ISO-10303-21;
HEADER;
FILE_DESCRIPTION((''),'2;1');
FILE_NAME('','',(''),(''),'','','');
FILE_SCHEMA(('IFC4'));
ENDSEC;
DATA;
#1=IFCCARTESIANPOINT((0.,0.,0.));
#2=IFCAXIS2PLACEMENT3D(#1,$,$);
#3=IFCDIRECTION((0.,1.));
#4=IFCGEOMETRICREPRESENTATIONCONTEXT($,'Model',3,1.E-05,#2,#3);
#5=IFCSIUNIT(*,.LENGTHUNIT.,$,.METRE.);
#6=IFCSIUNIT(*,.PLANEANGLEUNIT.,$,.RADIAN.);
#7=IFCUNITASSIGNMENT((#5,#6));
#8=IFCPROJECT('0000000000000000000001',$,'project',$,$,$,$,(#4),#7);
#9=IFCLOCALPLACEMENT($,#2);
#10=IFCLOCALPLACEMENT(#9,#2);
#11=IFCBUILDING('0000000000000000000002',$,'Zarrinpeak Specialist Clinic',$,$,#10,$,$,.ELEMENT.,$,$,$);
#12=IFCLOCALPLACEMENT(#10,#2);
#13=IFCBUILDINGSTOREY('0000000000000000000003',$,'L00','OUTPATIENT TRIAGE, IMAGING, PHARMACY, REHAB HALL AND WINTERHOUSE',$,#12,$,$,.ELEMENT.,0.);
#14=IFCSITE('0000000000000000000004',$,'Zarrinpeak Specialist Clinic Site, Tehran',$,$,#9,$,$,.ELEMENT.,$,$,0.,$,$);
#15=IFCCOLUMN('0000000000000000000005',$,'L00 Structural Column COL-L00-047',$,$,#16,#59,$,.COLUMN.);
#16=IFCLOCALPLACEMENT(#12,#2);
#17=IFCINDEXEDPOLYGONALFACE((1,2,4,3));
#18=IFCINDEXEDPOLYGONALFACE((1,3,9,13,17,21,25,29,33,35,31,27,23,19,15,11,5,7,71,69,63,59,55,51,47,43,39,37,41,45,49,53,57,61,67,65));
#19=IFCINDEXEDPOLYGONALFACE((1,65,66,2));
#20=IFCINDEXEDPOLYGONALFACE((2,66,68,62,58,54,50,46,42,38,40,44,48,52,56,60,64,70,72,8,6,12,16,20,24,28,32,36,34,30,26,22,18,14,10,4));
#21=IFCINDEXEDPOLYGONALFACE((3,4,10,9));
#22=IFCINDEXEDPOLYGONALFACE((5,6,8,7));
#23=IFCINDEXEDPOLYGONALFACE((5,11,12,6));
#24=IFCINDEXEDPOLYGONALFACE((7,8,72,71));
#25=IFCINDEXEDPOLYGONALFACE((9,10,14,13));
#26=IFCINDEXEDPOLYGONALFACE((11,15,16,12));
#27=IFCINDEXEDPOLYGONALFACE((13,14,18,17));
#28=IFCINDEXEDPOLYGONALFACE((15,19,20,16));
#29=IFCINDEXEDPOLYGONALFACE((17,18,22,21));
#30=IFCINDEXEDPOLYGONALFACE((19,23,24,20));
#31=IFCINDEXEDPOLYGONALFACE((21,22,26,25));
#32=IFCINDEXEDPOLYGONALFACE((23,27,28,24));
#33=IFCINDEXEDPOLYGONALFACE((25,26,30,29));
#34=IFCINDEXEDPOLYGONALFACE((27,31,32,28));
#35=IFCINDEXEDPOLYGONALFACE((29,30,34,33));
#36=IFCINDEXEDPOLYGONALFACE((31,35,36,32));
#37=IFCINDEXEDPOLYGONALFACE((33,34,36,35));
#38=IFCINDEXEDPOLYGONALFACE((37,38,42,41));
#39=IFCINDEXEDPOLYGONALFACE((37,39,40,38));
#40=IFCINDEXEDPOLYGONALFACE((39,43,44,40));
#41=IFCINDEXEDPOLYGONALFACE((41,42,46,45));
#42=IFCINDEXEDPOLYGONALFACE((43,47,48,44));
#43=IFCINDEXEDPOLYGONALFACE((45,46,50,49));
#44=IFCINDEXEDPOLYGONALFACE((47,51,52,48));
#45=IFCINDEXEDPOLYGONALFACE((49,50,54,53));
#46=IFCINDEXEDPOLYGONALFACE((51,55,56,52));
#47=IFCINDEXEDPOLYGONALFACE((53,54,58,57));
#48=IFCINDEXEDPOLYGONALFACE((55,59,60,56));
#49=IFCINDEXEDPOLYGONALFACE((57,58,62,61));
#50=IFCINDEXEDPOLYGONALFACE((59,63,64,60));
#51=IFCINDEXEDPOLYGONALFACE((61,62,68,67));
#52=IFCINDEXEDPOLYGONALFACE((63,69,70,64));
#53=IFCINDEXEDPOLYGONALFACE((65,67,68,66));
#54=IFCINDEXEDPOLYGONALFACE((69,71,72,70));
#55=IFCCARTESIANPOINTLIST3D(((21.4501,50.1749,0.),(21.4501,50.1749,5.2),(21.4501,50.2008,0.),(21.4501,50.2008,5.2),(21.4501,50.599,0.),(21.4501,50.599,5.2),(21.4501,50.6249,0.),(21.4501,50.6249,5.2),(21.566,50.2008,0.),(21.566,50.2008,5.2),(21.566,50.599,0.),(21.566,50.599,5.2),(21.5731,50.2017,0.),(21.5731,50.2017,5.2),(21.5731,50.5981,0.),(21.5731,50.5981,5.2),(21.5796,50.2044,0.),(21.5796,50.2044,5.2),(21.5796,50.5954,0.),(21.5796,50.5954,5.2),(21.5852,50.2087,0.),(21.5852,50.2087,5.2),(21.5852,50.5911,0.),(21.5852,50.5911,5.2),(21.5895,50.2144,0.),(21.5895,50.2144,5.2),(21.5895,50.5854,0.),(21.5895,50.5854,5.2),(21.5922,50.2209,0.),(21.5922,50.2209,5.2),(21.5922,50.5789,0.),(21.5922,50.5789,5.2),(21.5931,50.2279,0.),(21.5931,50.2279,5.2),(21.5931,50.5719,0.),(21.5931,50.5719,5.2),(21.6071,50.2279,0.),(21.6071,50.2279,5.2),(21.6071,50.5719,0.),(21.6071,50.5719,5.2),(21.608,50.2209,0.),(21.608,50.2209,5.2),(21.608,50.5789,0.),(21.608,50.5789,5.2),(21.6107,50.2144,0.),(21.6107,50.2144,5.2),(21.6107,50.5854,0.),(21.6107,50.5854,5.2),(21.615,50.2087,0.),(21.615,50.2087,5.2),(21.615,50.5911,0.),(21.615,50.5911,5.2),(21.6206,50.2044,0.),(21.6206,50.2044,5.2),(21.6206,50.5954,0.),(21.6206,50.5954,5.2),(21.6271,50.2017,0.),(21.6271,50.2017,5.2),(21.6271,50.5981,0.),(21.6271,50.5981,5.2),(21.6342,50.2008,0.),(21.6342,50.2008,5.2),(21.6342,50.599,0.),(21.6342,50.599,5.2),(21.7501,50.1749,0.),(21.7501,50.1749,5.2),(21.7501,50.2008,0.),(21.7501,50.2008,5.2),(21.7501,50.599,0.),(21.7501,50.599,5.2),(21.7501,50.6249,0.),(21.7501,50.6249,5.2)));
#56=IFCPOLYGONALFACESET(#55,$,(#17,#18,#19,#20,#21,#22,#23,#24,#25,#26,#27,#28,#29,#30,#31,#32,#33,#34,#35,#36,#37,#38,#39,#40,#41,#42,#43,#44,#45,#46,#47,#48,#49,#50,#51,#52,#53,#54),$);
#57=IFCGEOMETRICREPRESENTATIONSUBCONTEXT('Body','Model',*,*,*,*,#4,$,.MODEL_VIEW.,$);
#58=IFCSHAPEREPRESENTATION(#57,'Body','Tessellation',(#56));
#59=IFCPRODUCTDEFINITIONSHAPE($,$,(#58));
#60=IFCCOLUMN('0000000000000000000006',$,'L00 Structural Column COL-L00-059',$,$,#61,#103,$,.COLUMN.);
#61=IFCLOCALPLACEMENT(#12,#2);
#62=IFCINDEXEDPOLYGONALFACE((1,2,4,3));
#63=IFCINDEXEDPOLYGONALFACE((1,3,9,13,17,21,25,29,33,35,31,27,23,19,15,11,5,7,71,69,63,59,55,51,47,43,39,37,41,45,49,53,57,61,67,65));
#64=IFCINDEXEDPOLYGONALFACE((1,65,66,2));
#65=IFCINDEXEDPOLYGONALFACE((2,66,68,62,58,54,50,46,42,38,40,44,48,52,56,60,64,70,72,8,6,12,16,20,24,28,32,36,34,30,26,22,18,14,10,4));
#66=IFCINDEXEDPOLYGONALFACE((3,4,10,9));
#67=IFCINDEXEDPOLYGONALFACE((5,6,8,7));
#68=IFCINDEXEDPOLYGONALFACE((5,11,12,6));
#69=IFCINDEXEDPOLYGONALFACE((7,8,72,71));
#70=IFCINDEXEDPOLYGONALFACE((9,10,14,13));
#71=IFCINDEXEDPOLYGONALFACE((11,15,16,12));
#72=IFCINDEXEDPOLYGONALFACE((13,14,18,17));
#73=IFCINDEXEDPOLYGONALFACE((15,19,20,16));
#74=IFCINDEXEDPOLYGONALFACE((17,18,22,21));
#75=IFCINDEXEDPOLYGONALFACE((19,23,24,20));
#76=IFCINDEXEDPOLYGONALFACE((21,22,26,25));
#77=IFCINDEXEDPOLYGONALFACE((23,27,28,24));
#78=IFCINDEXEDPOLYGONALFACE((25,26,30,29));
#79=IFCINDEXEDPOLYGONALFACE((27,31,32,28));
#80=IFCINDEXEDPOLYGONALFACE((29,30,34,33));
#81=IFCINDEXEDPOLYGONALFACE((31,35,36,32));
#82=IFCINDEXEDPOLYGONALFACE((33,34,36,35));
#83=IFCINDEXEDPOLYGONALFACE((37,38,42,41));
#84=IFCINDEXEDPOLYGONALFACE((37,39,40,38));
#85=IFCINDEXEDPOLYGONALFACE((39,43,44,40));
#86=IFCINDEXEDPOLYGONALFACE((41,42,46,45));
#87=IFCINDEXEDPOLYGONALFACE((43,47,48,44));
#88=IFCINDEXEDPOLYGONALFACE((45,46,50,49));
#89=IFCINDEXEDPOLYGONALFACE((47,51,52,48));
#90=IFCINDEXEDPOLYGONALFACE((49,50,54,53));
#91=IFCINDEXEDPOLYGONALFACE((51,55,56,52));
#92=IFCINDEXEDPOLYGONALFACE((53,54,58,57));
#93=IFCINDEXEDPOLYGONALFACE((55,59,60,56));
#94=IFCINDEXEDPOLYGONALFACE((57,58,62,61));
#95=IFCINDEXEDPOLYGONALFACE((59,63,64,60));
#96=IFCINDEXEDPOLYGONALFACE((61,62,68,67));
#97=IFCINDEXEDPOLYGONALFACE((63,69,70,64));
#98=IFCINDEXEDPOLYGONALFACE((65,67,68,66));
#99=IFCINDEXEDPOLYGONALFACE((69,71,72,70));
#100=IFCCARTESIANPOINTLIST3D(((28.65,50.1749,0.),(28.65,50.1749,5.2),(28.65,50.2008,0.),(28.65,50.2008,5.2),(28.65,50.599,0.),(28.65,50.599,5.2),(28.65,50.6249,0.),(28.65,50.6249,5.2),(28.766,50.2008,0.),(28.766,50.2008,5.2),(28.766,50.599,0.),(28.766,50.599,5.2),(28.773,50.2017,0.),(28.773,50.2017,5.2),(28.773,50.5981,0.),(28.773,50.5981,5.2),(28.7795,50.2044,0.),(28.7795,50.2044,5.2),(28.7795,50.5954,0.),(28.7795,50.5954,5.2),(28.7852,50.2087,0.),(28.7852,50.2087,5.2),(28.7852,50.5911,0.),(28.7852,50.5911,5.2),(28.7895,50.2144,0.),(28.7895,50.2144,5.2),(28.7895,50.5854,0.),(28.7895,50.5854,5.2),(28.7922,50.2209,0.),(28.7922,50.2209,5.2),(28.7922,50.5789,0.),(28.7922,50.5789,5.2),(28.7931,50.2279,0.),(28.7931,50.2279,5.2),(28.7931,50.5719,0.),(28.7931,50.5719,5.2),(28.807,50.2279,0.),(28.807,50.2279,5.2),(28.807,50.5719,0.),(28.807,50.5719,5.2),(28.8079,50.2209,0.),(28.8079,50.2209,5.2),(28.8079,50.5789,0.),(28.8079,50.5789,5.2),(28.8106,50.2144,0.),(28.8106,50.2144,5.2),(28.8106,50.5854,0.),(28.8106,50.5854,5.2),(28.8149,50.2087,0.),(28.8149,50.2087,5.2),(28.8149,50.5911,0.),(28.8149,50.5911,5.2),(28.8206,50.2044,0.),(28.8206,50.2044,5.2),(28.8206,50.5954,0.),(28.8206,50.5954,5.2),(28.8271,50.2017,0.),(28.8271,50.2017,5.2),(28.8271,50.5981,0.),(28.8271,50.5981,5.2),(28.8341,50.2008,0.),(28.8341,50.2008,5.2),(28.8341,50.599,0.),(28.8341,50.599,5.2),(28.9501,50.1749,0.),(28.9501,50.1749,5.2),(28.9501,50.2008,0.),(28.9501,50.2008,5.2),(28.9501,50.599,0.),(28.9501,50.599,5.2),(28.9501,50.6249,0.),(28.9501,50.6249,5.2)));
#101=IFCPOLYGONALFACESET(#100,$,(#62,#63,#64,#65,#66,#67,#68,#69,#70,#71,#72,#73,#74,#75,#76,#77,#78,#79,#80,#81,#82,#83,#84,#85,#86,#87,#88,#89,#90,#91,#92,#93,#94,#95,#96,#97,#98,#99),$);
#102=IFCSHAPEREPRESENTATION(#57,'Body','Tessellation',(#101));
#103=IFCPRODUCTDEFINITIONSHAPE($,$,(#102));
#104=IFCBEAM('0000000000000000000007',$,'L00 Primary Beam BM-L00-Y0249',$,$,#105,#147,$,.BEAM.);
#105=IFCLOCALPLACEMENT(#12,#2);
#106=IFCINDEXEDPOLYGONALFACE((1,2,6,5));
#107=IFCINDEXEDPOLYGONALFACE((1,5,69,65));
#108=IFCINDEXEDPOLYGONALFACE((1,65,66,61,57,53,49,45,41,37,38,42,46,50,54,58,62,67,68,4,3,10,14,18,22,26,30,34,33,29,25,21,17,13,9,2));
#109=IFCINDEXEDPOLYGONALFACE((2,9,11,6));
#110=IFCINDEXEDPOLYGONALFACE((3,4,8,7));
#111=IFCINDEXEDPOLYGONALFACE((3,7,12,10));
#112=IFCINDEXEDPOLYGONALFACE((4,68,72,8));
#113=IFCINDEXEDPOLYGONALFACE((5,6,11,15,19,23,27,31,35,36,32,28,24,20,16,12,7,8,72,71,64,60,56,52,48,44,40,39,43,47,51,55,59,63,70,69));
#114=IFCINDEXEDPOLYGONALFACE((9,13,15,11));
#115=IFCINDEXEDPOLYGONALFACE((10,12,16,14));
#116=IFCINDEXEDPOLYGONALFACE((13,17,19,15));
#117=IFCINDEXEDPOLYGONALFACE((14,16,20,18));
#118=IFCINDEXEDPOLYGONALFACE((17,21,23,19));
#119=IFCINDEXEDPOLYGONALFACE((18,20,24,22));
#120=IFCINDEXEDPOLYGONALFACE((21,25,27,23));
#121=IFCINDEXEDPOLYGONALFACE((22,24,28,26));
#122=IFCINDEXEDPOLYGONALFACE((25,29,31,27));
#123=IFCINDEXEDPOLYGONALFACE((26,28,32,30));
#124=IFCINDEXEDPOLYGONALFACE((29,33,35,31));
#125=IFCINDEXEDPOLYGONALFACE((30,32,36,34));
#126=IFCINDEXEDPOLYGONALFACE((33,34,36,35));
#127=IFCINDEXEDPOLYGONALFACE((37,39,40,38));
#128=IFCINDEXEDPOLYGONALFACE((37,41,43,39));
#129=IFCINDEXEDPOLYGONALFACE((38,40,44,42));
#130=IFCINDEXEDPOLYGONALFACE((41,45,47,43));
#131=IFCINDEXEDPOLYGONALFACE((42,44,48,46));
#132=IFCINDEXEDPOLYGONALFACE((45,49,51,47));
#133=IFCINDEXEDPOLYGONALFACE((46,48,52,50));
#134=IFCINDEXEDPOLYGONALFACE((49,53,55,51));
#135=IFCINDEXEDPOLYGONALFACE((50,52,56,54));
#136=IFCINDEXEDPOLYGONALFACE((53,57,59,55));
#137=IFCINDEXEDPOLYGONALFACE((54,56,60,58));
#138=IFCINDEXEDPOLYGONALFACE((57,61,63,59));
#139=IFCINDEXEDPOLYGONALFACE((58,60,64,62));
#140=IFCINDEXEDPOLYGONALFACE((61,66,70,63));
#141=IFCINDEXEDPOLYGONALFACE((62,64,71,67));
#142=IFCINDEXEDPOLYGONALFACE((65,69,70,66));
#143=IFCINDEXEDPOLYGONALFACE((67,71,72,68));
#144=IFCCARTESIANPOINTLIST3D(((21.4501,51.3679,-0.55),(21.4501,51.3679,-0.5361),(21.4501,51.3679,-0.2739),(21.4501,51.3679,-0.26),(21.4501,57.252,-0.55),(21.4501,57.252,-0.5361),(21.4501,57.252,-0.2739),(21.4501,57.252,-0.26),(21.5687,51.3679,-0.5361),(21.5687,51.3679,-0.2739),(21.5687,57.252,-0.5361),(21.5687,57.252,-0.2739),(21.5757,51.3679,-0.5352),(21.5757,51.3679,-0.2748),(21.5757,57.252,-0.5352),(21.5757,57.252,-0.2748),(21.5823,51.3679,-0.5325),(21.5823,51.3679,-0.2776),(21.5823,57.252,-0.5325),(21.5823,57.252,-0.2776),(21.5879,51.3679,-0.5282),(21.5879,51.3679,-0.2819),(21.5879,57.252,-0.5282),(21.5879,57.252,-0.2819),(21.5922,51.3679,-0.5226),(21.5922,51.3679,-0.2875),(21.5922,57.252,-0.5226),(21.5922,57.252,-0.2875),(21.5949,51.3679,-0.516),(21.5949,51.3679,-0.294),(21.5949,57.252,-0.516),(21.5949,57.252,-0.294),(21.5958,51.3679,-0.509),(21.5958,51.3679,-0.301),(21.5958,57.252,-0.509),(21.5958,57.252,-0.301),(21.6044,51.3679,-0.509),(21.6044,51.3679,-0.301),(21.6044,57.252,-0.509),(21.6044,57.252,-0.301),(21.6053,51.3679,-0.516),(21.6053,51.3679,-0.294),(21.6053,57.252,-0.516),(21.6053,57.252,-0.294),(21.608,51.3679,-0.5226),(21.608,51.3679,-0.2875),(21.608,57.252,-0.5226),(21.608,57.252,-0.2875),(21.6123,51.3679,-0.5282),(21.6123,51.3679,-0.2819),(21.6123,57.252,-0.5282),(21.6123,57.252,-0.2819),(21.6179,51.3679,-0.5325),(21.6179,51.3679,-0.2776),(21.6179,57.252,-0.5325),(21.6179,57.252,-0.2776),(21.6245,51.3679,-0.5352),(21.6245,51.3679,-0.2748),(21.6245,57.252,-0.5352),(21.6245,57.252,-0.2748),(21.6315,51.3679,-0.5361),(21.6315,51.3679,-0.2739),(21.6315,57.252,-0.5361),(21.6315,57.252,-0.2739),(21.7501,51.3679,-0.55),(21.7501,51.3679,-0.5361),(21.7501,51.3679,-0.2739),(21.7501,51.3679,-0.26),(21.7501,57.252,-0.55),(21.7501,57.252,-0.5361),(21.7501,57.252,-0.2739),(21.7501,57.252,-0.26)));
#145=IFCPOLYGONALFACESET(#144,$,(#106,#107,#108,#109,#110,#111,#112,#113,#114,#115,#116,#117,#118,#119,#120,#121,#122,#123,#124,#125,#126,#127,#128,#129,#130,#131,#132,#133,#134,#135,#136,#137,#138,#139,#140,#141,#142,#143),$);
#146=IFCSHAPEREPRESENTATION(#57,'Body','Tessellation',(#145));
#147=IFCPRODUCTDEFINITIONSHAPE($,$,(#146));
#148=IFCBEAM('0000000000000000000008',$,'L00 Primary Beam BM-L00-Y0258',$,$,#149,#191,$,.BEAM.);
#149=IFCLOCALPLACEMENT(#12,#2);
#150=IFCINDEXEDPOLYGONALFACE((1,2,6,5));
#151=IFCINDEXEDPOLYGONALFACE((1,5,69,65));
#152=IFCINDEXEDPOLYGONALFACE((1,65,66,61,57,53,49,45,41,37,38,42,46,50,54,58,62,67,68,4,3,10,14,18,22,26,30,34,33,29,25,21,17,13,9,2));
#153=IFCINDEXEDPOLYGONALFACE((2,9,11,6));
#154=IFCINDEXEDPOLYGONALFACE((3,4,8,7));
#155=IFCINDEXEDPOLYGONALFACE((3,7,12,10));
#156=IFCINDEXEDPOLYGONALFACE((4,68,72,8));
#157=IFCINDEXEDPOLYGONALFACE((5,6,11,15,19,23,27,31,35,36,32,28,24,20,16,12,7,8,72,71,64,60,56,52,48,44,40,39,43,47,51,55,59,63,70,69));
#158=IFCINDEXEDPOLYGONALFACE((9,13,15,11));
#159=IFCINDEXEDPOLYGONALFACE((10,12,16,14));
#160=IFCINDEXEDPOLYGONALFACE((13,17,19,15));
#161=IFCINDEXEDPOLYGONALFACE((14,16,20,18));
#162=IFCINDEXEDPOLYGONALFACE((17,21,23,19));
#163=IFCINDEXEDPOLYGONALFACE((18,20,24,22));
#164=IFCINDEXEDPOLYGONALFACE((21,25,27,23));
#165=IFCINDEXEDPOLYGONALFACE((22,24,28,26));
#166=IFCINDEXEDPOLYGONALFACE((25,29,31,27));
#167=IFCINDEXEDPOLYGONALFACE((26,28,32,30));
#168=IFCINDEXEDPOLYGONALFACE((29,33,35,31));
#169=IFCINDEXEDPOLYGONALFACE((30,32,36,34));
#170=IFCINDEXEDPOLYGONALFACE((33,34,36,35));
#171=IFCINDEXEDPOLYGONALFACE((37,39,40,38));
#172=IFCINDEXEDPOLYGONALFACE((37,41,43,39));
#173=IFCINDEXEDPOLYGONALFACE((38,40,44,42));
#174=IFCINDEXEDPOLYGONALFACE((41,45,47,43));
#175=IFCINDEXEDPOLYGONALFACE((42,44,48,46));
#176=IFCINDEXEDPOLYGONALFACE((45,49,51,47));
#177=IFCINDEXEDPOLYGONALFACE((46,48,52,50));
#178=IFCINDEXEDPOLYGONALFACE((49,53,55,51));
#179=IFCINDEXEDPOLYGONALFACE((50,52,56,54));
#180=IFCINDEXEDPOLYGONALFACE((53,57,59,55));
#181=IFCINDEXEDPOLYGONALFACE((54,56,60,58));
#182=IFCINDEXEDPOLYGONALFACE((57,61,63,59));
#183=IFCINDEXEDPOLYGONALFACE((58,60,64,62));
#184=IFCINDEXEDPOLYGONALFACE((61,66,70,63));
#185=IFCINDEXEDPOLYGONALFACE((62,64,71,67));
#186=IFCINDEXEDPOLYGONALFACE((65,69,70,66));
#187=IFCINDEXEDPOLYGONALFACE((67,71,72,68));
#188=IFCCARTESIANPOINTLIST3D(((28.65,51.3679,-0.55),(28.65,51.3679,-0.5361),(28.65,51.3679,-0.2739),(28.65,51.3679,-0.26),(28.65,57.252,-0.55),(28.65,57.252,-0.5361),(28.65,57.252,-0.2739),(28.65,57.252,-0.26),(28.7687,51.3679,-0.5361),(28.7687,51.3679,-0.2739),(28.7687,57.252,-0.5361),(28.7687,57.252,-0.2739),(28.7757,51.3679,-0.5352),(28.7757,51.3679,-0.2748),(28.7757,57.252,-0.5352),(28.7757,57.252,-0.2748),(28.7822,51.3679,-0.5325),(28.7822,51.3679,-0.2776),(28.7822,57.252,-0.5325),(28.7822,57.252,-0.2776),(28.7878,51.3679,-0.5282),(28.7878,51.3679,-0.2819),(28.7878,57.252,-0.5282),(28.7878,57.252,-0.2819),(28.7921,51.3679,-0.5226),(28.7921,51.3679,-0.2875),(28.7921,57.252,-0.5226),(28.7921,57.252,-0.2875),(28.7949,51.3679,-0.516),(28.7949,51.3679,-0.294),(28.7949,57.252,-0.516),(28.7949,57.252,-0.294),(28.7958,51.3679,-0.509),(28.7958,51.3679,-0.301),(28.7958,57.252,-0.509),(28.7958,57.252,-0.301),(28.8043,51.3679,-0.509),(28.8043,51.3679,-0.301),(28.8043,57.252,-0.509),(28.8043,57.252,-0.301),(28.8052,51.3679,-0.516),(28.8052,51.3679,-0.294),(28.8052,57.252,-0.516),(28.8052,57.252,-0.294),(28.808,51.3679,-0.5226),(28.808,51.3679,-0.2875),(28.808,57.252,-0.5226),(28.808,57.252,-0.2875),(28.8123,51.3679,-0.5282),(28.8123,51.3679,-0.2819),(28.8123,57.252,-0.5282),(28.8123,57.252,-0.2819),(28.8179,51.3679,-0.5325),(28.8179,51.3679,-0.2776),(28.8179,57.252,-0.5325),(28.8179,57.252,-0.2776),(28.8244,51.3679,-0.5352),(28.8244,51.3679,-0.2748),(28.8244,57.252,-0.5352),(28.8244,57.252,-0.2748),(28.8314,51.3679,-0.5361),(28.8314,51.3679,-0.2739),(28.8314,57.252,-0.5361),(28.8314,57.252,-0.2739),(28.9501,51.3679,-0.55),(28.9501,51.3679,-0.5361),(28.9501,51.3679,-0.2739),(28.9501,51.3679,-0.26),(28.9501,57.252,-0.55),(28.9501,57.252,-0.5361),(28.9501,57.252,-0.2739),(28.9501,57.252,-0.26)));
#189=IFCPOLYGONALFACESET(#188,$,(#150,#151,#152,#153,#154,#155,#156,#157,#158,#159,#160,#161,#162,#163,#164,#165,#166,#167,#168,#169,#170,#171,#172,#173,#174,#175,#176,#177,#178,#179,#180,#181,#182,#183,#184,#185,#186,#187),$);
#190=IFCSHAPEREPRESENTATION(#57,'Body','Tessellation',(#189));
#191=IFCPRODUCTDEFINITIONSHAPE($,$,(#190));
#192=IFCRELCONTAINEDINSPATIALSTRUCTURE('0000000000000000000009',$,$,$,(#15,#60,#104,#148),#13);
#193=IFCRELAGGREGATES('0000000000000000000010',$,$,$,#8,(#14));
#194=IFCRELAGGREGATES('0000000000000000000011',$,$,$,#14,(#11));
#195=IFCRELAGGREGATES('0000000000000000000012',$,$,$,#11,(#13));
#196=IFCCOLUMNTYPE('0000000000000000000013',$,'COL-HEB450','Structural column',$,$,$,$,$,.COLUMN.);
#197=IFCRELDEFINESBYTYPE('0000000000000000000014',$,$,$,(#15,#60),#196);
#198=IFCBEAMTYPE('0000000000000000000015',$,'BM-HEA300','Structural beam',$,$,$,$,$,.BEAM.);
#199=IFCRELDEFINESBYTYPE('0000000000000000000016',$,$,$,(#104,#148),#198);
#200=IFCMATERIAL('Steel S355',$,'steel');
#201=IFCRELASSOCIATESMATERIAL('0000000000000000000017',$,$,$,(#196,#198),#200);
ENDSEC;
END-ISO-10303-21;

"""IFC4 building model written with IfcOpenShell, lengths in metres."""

from ifc_helpers import new_model, si_unit, direction, frame, origin, origin_2d, place, context, subcontext, project, spatial, i_section, extrude, material, material_profile, profile_set, type_object, element, save


model = new_model("IFC4")

# Units and contexts
model_context = context("Model", 3, precision=1e-05, world=origin(), true_north=direction((0.0, 1.0)))
body_context = subcontext(model_context, "Body", "Model", "MODEL_VIEW")
ifc_project = project(units=[si_unit("LENGTHUNIT", "METRE"), si_unit("PLANEANGLEUNIT", "RADIAN")], contexts=[model_context])

# Site, building, storey
site_placement = place(None, origin())
site = spatial("IfcSite", under=ifc_project, at=site_placement, Name="Zarrinpeak Specialist Clinic Site, Tehran", CompositionType="ELEMENT", RefElevation=0.0)
building_placement = place(site_placement, origin())
building = spatial("IfcBuilding", under=site, at=building_placement, Name="Zarrinpeak Specialist Clinic", CompositionType="ELEMENT")
storey_placement = place(building_placement, origin())
storey = spatial("IfcBuildingStorey", under=building, at=storey_placement, Name="L00", Description="OUTPATIENT TRIAGE, IMAGING, PHARMACY, REHAB HALL AND WINTERHOUSE", CompositionType="ELEMENT", Elevation=0.0)

# Columns
ifc_material_1 = material(Name="Steel S355", Category="steel")
ifc_material_profile_1 = material_profile(ifc_material_1, i_section(OverallWidth=0.3, OverallDepth=0.45, WebThickness=0.0139, FlangeThickness=0.0259, FilletRadius=0.0271, at=origin_2d()), Name="HEB 450")
ifc_profile_set_1 = profile_set([ifc_material_profile_1], Name="Steel S355")
column_type_1 = type_object("IfcColumnType", Name="COL-HEB450", Description="Structural column", PredefinedType="COLUMN", material=ifc_profile_set_1)
for number, where, z_axis, x_axis, name in (
    (1, (21.6001, 50.3999, 0.0), (0.0, 0.0, 1.0), (1.0, 0.0, 0.0), "L00 Structural Column COL-L00-047"),
    (2, (28.8, 50.3999, 0.0), (0.0, 0.0, 1.0), (1.0, 0.0, 0.0), "L00 Structural Column COL-L00-059"),
):
    element("IfcColumn", number, at=place(storey_placement, frame(where, z_axis=z_axis, x_axis=x_axis)), inside=storey, type_object=column_type_1, Name=name, PredefinedType="COLUMN", context=body_context, shape_type="SweptSolid", body=[
        extrude(i_section(OverallWidth=0.3, OverallDepth=0.45, WebThickness=0.0139, FlangeThickness=0.0259, FilletRadius=0.0271, at=origin_2d()), origin(), (0.0, 0.0, 1.0), 5.2),
    ])

# Beams
ifc_material_profile_2 = material_profile(ifc_material_1, i_section(OverallWidth=0.3, OverallDepth=0.29, WebThickness=0.0085, FlangeThickness=0.0139, FilletRadius=0.0271, at=origin_2d()), Name="HEA 300")
ifc_profile_set_2 = profile_set([ifc_material_profile_2], Name="Steel S355")
beam_type_1 = type_object("IfcBeamType", Name="BM-HEA300", Description="Structural beam", PredefinedType="BEAM", material=ifc_profile_set_2)
for number, where, z_axis, x_axis, name in (
    (3, (21.6001, 51.3679, -0.405), (0.0, 1.0, 0.0), (-1.0, 0.0, 0.0), "L00 Primary Beam BM-L00-Y0249"),
    (4, (28.8, 51.3679, -0.405), (0.0, 1.0, 0.0), (-1.0, 0.0, 0.0), "L00 Primary Beam BM-L00-Y0258"),
):
    element("IfcBeam", number, at=place(storey_placement, frame(where, z_axis=z_axis, x_axis=x_axis)), inside=storey, type_object=beam_type_1, Name=name, PredefinedType="BEAM", context=body_context, shape_type="SweptSolid", body=[
        extrude(i_section(OverallWidth=0.3, OverallDepth=0.29, WebThickness=0.0085, FlangeThickness=0.0139, FilletRadius=0.0271, at=origin_2d()), origin(), (0.0, 0.0, 1.0), 5.884),
    ])

save(model, "model.ifc")
